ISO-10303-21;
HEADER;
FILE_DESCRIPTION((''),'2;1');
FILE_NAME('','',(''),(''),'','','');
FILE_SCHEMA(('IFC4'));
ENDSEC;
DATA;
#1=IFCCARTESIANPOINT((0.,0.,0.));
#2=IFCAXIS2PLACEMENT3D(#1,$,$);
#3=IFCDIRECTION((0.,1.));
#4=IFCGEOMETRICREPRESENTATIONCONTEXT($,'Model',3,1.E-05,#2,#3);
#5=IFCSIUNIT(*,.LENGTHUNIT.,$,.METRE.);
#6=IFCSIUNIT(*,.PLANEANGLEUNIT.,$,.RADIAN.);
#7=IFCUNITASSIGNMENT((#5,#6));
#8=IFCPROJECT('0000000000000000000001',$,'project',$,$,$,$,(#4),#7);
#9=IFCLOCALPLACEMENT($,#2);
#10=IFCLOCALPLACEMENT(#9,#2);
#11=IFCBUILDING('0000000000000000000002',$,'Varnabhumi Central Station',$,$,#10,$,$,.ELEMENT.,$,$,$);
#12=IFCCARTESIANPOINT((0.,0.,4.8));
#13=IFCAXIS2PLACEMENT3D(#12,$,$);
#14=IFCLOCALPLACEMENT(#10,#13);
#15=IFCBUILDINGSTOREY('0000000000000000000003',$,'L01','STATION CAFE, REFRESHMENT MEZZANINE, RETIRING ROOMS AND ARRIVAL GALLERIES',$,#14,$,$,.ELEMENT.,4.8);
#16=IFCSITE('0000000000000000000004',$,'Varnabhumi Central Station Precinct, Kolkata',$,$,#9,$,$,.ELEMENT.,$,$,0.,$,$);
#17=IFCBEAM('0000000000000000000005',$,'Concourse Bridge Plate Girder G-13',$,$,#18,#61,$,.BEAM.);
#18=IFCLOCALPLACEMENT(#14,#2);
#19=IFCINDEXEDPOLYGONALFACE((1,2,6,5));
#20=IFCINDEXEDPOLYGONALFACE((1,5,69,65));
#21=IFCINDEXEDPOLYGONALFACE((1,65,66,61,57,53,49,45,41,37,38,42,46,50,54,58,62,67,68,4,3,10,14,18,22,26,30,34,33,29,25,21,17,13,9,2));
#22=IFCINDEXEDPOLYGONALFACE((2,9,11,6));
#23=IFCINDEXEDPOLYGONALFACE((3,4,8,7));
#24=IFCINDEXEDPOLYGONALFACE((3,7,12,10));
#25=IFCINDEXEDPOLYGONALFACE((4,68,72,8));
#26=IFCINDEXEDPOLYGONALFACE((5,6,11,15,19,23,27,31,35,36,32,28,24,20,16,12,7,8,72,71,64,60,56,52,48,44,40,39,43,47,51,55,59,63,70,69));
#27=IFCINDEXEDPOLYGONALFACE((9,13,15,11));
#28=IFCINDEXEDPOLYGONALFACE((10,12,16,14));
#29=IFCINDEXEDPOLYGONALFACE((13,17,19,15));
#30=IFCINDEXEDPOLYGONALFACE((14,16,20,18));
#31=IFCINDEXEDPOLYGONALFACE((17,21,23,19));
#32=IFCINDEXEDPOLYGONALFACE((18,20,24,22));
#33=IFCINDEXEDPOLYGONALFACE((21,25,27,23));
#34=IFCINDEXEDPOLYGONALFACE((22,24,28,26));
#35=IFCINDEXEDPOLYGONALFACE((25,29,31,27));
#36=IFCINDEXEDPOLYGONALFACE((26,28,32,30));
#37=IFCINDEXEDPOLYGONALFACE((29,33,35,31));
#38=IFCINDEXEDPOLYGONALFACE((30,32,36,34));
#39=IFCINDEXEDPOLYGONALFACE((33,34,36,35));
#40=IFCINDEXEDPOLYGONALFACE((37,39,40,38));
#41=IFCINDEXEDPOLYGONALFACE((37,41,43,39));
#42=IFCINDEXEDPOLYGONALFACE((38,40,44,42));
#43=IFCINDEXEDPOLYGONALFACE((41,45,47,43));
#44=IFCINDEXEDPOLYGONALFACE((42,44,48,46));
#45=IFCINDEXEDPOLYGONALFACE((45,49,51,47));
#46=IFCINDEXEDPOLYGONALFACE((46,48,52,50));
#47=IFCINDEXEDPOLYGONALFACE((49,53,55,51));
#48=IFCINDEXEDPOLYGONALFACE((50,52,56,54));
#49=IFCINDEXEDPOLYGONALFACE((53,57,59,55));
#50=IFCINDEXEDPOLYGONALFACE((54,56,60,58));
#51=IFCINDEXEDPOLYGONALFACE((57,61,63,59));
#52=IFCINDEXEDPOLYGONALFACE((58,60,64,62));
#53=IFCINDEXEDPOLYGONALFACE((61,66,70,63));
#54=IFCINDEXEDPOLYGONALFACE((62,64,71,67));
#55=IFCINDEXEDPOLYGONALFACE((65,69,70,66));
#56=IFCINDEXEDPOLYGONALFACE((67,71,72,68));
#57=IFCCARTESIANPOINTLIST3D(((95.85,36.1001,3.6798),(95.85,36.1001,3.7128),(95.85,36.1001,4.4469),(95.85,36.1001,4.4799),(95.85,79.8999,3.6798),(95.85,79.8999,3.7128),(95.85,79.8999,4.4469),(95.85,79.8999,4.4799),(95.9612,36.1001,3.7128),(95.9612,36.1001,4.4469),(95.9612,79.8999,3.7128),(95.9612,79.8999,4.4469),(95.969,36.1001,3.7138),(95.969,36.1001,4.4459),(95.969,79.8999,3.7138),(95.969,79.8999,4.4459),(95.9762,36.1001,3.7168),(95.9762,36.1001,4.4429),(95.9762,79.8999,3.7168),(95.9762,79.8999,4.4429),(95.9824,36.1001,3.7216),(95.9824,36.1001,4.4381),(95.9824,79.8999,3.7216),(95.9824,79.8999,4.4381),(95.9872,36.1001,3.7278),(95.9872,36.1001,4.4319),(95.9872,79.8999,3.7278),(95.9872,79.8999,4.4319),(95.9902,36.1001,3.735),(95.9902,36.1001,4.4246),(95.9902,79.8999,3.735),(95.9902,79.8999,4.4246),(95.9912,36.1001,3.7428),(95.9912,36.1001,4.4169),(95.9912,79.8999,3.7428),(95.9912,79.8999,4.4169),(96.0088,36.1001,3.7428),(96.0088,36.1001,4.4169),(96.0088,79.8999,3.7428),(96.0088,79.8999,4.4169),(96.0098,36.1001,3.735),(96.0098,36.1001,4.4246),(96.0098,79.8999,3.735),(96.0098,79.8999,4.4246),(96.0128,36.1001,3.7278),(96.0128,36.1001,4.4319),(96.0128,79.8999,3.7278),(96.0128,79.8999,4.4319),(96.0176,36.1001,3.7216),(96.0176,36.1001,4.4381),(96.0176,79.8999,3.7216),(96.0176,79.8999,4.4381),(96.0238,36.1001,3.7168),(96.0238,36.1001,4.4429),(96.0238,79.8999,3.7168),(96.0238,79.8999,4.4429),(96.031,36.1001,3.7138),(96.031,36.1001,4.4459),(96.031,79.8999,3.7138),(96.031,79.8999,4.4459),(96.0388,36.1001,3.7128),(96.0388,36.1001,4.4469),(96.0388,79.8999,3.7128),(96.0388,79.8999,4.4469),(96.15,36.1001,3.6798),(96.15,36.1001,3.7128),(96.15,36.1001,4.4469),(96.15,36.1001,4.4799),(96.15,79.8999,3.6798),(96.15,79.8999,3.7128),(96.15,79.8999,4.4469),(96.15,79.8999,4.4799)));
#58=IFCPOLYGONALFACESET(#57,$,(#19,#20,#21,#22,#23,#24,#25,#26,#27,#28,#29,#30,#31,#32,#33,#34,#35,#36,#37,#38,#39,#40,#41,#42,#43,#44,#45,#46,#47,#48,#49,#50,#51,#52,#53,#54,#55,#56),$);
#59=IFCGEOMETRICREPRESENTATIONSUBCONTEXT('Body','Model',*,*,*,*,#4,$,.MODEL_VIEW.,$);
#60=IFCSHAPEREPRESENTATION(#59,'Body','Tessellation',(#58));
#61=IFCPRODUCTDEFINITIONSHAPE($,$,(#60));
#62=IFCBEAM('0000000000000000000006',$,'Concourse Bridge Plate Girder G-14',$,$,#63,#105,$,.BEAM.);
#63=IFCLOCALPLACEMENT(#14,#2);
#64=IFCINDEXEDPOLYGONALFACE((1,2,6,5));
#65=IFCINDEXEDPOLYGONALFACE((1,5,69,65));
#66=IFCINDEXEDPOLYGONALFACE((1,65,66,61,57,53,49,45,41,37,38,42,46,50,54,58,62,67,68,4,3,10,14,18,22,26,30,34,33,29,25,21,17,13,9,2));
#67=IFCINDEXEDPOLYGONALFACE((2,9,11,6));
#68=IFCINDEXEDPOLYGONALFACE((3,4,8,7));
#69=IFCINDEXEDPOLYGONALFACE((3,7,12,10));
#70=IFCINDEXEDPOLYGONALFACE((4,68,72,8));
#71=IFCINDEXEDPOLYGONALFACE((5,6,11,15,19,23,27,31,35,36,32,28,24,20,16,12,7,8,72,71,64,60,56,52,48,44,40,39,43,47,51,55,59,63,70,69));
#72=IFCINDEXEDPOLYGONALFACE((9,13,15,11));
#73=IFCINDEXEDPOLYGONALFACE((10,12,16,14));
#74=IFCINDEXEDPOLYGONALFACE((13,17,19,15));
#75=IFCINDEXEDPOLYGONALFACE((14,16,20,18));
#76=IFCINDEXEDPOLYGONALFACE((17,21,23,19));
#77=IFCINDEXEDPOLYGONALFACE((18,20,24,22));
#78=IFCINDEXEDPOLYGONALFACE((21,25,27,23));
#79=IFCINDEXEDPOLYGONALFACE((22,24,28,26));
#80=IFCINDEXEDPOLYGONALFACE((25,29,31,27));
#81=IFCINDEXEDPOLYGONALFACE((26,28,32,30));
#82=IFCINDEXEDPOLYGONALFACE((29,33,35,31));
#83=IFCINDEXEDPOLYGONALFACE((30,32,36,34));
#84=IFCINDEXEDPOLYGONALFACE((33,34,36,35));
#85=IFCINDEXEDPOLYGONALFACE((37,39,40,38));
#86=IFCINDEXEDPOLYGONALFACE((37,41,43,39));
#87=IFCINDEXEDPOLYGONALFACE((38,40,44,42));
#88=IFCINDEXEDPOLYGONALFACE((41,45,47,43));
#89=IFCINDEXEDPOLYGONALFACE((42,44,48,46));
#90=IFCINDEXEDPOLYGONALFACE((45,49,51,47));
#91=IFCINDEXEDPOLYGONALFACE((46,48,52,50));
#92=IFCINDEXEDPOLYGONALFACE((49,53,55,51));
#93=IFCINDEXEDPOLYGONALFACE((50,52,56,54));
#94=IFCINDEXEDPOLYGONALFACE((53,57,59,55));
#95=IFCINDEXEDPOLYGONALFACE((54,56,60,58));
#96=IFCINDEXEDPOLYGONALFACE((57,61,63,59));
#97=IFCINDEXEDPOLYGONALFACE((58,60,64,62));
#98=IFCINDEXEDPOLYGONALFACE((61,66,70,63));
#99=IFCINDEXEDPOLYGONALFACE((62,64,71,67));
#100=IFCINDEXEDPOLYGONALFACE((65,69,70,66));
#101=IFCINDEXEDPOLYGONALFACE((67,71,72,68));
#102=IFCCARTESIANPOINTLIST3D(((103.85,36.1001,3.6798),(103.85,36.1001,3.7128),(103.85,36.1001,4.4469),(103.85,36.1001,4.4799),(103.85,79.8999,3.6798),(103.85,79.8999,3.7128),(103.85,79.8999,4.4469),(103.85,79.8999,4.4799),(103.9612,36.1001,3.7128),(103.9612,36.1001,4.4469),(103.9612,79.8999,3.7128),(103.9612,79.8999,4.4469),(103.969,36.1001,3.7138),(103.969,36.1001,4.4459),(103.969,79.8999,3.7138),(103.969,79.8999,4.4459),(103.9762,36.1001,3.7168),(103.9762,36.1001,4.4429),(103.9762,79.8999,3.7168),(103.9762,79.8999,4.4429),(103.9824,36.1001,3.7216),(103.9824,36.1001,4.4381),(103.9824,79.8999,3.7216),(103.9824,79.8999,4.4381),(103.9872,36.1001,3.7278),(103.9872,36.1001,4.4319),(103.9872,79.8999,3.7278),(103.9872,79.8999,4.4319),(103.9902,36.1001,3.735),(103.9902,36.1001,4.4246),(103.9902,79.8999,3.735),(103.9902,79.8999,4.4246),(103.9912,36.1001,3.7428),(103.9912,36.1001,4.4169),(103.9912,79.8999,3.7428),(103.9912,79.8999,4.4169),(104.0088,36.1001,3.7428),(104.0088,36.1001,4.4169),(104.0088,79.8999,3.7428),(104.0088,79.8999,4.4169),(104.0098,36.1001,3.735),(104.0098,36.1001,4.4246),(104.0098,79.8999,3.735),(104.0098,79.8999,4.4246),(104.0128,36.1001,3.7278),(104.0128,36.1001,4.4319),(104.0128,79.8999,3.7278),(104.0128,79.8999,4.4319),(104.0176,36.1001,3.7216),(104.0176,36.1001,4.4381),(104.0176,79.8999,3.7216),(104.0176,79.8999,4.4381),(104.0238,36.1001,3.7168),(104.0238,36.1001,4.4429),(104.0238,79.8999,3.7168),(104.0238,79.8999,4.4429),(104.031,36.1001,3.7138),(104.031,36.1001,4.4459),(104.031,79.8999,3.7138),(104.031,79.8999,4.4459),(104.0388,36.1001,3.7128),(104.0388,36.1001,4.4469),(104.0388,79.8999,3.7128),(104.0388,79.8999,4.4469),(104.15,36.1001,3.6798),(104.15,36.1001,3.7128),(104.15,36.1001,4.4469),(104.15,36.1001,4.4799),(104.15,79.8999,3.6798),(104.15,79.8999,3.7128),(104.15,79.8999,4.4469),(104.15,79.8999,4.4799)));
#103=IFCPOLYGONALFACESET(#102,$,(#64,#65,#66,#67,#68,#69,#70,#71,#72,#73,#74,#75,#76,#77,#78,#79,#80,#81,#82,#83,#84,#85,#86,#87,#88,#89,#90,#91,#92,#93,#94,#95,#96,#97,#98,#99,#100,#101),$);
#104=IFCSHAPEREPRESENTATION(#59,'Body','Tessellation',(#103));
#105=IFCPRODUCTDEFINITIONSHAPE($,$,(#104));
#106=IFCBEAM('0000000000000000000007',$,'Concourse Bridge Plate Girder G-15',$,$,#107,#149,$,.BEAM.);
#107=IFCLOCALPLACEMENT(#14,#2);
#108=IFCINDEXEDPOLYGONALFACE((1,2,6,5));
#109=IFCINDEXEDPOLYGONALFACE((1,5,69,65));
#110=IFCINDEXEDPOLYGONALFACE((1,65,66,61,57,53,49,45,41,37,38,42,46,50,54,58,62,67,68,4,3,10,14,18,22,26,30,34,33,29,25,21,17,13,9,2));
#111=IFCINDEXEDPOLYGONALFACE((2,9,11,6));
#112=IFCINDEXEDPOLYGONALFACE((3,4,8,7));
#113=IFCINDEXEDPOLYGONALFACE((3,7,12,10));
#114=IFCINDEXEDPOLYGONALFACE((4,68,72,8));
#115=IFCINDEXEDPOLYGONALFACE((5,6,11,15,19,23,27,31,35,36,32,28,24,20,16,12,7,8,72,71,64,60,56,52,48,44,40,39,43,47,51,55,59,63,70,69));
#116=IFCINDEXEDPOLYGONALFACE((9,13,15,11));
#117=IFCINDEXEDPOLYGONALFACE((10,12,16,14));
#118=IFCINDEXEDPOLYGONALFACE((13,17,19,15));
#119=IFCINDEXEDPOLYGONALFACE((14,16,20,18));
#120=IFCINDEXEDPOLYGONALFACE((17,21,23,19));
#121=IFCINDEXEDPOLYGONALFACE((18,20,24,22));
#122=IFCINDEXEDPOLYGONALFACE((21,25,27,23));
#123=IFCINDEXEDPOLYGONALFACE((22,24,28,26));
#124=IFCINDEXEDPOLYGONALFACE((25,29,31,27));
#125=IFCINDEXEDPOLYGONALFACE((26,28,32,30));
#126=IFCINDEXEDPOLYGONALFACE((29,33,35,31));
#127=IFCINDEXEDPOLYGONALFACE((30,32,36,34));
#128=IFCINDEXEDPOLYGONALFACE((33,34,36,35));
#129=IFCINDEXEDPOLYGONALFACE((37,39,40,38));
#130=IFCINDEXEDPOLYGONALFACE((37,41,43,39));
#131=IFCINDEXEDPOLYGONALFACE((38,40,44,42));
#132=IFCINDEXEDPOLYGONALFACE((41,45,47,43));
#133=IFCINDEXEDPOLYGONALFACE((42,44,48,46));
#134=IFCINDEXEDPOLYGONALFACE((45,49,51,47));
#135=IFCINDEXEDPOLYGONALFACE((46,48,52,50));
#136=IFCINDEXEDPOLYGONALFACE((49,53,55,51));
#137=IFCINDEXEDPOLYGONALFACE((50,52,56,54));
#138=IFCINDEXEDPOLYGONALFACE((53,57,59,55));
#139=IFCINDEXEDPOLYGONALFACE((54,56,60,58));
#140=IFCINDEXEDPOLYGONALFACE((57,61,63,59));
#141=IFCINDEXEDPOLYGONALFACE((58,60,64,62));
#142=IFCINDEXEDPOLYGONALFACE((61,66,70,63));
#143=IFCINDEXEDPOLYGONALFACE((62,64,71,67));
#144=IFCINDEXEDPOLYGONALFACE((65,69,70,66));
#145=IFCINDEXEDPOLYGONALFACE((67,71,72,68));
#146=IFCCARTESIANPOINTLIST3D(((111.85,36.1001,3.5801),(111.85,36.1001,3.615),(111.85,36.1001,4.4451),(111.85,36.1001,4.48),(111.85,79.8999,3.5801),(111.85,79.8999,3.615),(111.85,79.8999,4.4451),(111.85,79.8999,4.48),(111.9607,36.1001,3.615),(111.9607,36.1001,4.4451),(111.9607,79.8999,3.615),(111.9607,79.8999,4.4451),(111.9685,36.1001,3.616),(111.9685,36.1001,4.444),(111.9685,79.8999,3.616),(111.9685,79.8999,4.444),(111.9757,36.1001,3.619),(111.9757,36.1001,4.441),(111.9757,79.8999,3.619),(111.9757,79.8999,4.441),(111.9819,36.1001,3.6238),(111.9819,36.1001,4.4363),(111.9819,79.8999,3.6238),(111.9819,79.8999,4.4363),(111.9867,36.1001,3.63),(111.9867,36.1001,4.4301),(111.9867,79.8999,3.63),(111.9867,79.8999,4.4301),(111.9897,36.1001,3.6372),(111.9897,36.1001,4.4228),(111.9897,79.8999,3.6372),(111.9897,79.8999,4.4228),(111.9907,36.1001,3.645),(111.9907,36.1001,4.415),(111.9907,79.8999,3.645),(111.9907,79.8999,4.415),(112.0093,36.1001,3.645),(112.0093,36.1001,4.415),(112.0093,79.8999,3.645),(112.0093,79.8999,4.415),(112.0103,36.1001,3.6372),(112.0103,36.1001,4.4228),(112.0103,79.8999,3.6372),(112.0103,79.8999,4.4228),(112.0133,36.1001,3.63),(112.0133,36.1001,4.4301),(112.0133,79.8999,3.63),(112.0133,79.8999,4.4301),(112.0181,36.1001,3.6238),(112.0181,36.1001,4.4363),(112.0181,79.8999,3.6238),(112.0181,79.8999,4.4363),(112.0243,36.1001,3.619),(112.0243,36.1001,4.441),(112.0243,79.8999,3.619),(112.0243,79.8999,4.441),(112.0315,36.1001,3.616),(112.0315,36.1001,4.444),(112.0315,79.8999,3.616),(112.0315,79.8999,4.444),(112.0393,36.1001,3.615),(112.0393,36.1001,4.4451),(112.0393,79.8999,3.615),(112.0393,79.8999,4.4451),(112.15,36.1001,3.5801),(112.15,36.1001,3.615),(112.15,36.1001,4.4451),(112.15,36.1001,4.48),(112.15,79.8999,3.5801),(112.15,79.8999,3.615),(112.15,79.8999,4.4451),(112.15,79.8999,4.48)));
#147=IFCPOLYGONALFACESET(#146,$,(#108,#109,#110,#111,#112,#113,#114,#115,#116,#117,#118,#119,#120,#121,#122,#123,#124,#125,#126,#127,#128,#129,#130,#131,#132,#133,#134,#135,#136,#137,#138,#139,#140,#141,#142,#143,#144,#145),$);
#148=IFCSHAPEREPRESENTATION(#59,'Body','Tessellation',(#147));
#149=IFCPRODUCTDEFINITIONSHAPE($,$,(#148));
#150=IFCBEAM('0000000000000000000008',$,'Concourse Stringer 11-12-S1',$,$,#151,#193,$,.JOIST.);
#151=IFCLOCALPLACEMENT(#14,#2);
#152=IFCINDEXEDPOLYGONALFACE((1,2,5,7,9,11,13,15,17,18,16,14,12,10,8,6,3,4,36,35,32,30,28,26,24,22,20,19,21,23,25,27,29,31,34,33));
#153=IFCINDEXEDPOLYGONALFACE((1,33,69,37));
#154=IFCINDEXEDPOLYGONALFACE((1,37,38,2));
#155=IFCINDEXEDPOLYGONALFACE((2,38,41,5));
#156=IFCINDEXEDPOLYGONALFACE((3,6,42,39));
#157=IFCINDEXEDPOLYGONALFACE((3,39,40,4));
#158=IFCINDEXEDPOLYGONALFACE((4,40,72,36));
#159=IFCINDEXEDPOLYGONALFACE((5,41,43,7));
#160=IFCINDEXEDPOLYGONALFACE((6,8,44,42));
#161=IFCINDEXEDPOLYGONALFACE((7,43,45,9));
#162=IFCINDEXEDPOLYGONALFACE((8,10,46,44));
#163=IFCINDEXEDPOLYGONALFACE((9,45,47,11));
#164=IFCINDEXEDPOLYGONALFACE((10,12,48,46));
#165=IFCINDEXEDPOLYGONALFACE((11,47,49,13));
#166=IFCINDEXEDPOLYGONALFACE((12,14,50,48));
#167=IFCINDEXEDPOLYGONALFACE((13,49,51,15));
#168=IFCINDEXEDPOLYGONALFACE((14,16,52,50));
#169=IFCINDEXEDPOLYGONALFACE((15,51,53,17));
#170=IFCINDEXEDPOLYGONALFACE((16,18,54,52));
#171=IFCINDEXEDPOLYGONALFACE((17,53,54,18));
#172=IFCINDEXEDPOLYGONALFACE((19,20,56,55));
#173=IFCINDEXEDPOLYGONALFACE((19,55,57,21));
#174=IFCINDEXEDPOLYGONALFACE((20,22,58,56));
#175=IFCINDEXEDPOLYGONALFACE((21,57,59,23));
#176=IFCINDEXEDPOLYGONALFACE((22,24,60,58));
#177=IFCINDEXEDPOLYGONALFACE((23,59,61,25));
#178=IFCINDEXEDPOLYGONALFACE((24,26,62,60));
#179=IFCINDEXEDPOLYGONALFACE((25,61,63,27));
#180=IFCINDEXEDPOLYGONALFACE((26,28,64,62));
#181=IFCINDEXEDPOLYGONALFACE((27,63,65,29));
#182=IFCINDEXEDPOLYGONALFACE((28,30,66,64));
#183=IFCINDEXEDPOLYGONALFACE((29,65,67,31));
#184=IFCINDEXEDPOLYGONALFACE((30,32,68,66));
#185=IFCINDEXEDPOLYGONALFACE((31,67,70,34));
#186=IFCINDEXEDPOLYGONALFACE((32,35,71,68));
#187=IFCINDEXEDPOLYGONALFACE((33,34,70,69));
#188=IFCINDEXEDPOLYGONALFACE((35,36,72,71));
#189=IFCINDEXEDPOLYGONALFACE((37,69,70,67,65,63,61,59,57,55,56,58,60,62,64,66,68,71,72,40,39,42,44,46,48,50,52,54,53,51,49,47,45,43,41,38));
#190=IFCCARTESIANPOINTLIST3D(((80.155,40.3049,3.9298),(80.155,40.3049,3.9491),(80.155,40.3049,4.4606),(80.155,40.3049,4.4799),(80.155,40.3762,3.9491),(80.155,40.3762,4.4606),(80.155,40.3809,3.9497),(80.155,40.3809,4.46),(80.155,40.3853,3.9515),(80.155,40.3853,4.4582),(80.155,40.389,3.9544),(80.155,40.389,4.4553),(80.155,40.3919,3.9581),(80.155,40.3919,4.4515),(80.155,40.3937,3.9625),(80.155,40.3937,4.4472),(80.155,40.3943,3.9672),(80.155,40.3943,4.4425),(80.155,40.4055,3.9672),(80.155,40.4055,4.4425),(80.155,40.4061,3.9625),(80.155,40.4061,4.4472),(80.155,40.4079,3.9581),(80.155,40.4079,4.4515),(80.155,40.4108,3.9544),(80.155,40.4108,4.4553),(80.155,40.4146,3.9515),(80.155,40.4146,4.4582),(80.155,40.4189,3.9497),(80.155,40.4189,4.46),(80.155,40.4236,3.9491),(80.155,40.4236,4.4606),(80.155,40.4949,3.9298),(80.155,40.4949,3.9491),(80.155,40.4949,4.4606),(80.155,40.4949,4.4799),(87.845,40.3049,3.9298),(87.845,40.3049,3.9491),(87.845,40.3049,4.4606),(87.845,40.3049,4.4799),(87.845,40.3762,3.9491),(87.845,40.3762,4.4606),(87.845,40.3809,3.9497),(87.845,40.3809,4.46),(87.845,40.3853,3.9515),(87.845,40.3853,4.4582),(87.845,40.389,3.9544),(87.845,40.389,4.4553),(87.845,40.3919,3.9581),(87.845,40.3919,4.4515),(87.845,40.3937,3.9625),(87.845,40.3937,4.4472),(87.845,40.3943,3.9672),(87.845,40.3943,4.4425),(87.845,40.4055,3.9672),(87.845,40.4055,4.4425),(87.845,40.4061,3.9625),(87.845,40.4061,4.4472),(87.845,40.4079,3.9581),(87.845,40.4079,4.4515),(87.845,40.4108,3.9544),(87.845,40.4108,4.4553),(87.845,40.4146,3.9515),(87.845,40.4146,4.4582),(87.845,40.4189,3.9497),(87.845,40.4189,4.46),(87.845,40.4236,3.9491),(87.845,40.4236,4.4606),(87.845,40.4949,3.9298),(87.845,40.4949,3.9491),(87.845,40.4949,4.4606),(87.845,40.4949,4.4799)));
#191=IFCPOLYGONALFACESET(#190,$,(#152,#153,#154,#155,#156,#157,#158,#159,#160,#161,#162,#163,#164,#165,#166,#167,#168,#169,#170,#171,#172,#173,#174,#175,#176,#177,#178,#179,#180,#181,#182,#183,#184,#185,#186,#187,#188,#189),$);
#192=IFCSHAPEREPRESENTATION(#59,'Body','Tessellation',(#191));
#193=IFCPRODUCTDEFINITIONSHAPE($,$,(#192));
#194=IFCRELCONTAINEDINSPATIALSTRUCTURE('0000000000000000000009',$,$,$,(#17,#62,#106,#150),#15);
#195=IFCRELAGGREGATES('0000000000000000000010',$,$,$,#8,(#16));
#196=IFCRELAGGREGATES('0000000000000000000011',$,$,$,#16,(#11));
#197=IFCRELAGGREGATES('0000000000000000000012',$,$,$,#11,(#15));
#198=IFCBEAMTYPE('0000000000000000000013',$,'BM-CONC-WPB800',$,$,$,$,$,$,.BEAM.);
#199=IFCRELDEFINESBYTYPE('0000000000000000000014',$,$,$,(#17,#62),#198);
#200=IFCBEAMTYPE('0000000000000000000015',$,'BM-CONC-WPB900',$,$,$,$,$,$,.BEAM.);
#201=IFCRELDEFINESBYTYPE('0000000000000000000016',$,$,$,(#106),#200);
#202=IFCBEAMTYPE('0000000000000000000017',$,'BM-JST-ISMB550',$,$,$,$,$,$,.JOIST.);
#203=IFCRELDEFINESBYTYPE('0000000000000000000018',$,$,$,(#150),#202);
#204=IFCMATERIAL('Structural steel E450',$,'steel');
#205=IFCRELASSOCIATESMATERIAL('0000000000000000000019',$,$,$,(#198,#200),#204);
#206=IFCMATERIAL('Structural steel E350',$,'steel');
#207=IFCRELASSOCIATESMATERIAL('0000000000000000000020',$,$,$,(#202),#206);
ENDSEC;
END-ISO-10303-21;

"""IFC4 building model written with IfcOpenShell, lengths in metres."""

from ifc_helpers import new_model, si_unit, direction, frame, origin, origin_2d, place, context, subcontext, project, spatial, i_section, extrude, material, material_profile, profile_set, type_object, element, save


model = new_model("IFC4")

# Units and contexts
model_context = context("Model", 3, precision=1e-05, world=origin(), true_north=direction((0.0, 1.0)))
body_context = subcontext(model_context, "Body", "Model", "MODEL_VIEW")
ifc_project = project(units=[si_unit("LENGTHUNIT", "METRE"), si_unit("PLANEANGLEUNIT", "RADIAN")], contexts=[model_context])

# Site, building, storey
site_placement = place(None, origin())
site = spatial("IfcSite", under=ifc_project, at=site_placement, Name="Varnabhumi Central Station Precinct, Kolkata", CompositionType="ELEMENT", RefElevation=0.0)
building_placement = place(site_placement, origin())
building = spatial("IfcBuilding", under=site, at=building_placement, Name="Varnabhumi Central Station", CompositionType="ELEMENT")
storey_placement = place(building_placement, frame((0.0, 0.0, 4.8)))
storey = spatial("IfcBuildingStorey", under=building, at=storey_placement, Name="L01", Description="STATION CAFE, REFRESHMENT MEZZANINE, RETIRING ROOMS AND ARRIVAL GALLERIES", CompositionType="ELEMENT", Elevation=4.8)

# Beams
ifc_material_1 = material(Name="Structural steel E450", Category="steel")
ifc_material_profile_1 = material_profile(ifc_material_1, i_section(OverallWidth=0.3, OverallDepth=0.8, WebThickness=0.0176, FlangeThickness=0.033, FilletRadius=0.03, at=origin_2d()), Name="Structural steel E450", Category="steel")
ifc_profile_set_1 = profile_set([ifc_material_profile_1], Name="Structural steel E450")
beam_type_1 = type_object("IfcBeamType", Name="BM-CONC-WPB800", PredefinedType="BEAM", material=ifc_profile_set_1)
for number, where, z_axis, x_axis, name in (
    (1, (96.0, 36.1001, 4.0798), (0.0, 1.0, 0.0), (-1.0, 0.0, 0.0), "Concourse Bridge Plate Girder G-13"),
    (2, (104.0, 36.1001, 4.0798), (0.0, 1.0, 0.0), (-1.0, 0.0, 0.0), "Concourse Bridge Plate Girder G-14"),
):
    element("IfcBeam", number, at=place(storey_placement, frame(where, z_axis=z_axis, x_axis=x_axis)), inside=storey, type_object=beam_type_1, Name=name, PredefinedType="BEAM", context=body_context, shape_type="SweptSolid", body=[
        extrude(i_section(OverallWidth=0.3, OverallDepth=0.8, WebThickness=0.0176, FlangeThickness=0.033, FilletRadius=0.03, at=origin_2d()), origin(), (0.0, 0.0, 1.0), 43.7998),
    ])
ifc_material_profile_2 = material_profile(ifc_material_1, i_section(OverallWidth=0.3, OverallDepth=0.8999, WebThickness=0.0186, FlangeThickness=0.0349, FilletRadius=0.03, at=origin_2d()), Name="Structural steel E450", Category="steel")
ifc_profile_set_2 = profile_set([ifc_material_profile_2], Name="Structural steel E450")
beam_type_2 = type_object("IfcBeamType", Name="BM-CONC-WPB900", PredefinedType="BEAM", material=ifc_profile_set_2)
beam_placement = place(storey_placement, frame((112.0, 36.1001, 4.03), z_axis=(0.0, 1.0, 0.0), x_axis=(-1.0, 0.0, 0.0)))
element("IfcBeam", 3, at=beam_placement, inside=storey, type_object=beam_type_2, Name="Concourse Bridge Plate Girder G-15", PredefinedType="BEAM", context=body_context, shape_type="SweptSolid", body=[
    extrude(i_section(OverallWidth=0.3, OverallDepth=0.8999, WebThickness=0.0186, FlangeThickness=0.0349, FilletRadius=0.03, at=origin_2d()), origin(), (0.0, 0.0, 1.0), 43.7998),
])
ifc_material_2 = material(Name="Structural steel E350", Category="steel")
ifc_material_profile_3 = material_profile(ifc_material_2, i_section(OverallWidth=0.1899, OverallDepth=0.55, WebThickness=0.0112, FlangeThickness=0.0193, FilletRadius=0.0181, at=origin_2d()), Name="Structural steel E350", Category="steel")
ifc_profile_set_3 = profile_set([ifc_material_profile_3], Name="Structural steel E350")
beam_type_3 = type_object("IfcBeamType", Name="BM-JST-ISMB550", PredefinedType="JOIST", material=ifc_profile_set_3)
for number, where, z_axis, x_axis, name in (
    (4, (80.155, 40.3999, 4.2048), (1.0, 0.0, 0.0), (0.0, 1.0, 0.0), "Concourse Stringer 11-12-S1"),
):
    element("IfcBeam", number, at=place(storey_placement, frame(where, z_axis=z_axis, x_axis=x_axis)), inside=storey, type_object=beam_type_3, Name=name, PredefinedType="JOIST", context=body_context, shape_type="SweptSolid", body=[
        extrude(i_section(OverallWidth=0.1899, OverallDepth=0.55, WebThickness=0.0112, FlangeThickness=0.0193, FilletRadius=0.0181, at=origin_2d()), origin(), (0.0, 0.0, 1.0), 7.6899),
    ])

save(model, "model.ifc")
